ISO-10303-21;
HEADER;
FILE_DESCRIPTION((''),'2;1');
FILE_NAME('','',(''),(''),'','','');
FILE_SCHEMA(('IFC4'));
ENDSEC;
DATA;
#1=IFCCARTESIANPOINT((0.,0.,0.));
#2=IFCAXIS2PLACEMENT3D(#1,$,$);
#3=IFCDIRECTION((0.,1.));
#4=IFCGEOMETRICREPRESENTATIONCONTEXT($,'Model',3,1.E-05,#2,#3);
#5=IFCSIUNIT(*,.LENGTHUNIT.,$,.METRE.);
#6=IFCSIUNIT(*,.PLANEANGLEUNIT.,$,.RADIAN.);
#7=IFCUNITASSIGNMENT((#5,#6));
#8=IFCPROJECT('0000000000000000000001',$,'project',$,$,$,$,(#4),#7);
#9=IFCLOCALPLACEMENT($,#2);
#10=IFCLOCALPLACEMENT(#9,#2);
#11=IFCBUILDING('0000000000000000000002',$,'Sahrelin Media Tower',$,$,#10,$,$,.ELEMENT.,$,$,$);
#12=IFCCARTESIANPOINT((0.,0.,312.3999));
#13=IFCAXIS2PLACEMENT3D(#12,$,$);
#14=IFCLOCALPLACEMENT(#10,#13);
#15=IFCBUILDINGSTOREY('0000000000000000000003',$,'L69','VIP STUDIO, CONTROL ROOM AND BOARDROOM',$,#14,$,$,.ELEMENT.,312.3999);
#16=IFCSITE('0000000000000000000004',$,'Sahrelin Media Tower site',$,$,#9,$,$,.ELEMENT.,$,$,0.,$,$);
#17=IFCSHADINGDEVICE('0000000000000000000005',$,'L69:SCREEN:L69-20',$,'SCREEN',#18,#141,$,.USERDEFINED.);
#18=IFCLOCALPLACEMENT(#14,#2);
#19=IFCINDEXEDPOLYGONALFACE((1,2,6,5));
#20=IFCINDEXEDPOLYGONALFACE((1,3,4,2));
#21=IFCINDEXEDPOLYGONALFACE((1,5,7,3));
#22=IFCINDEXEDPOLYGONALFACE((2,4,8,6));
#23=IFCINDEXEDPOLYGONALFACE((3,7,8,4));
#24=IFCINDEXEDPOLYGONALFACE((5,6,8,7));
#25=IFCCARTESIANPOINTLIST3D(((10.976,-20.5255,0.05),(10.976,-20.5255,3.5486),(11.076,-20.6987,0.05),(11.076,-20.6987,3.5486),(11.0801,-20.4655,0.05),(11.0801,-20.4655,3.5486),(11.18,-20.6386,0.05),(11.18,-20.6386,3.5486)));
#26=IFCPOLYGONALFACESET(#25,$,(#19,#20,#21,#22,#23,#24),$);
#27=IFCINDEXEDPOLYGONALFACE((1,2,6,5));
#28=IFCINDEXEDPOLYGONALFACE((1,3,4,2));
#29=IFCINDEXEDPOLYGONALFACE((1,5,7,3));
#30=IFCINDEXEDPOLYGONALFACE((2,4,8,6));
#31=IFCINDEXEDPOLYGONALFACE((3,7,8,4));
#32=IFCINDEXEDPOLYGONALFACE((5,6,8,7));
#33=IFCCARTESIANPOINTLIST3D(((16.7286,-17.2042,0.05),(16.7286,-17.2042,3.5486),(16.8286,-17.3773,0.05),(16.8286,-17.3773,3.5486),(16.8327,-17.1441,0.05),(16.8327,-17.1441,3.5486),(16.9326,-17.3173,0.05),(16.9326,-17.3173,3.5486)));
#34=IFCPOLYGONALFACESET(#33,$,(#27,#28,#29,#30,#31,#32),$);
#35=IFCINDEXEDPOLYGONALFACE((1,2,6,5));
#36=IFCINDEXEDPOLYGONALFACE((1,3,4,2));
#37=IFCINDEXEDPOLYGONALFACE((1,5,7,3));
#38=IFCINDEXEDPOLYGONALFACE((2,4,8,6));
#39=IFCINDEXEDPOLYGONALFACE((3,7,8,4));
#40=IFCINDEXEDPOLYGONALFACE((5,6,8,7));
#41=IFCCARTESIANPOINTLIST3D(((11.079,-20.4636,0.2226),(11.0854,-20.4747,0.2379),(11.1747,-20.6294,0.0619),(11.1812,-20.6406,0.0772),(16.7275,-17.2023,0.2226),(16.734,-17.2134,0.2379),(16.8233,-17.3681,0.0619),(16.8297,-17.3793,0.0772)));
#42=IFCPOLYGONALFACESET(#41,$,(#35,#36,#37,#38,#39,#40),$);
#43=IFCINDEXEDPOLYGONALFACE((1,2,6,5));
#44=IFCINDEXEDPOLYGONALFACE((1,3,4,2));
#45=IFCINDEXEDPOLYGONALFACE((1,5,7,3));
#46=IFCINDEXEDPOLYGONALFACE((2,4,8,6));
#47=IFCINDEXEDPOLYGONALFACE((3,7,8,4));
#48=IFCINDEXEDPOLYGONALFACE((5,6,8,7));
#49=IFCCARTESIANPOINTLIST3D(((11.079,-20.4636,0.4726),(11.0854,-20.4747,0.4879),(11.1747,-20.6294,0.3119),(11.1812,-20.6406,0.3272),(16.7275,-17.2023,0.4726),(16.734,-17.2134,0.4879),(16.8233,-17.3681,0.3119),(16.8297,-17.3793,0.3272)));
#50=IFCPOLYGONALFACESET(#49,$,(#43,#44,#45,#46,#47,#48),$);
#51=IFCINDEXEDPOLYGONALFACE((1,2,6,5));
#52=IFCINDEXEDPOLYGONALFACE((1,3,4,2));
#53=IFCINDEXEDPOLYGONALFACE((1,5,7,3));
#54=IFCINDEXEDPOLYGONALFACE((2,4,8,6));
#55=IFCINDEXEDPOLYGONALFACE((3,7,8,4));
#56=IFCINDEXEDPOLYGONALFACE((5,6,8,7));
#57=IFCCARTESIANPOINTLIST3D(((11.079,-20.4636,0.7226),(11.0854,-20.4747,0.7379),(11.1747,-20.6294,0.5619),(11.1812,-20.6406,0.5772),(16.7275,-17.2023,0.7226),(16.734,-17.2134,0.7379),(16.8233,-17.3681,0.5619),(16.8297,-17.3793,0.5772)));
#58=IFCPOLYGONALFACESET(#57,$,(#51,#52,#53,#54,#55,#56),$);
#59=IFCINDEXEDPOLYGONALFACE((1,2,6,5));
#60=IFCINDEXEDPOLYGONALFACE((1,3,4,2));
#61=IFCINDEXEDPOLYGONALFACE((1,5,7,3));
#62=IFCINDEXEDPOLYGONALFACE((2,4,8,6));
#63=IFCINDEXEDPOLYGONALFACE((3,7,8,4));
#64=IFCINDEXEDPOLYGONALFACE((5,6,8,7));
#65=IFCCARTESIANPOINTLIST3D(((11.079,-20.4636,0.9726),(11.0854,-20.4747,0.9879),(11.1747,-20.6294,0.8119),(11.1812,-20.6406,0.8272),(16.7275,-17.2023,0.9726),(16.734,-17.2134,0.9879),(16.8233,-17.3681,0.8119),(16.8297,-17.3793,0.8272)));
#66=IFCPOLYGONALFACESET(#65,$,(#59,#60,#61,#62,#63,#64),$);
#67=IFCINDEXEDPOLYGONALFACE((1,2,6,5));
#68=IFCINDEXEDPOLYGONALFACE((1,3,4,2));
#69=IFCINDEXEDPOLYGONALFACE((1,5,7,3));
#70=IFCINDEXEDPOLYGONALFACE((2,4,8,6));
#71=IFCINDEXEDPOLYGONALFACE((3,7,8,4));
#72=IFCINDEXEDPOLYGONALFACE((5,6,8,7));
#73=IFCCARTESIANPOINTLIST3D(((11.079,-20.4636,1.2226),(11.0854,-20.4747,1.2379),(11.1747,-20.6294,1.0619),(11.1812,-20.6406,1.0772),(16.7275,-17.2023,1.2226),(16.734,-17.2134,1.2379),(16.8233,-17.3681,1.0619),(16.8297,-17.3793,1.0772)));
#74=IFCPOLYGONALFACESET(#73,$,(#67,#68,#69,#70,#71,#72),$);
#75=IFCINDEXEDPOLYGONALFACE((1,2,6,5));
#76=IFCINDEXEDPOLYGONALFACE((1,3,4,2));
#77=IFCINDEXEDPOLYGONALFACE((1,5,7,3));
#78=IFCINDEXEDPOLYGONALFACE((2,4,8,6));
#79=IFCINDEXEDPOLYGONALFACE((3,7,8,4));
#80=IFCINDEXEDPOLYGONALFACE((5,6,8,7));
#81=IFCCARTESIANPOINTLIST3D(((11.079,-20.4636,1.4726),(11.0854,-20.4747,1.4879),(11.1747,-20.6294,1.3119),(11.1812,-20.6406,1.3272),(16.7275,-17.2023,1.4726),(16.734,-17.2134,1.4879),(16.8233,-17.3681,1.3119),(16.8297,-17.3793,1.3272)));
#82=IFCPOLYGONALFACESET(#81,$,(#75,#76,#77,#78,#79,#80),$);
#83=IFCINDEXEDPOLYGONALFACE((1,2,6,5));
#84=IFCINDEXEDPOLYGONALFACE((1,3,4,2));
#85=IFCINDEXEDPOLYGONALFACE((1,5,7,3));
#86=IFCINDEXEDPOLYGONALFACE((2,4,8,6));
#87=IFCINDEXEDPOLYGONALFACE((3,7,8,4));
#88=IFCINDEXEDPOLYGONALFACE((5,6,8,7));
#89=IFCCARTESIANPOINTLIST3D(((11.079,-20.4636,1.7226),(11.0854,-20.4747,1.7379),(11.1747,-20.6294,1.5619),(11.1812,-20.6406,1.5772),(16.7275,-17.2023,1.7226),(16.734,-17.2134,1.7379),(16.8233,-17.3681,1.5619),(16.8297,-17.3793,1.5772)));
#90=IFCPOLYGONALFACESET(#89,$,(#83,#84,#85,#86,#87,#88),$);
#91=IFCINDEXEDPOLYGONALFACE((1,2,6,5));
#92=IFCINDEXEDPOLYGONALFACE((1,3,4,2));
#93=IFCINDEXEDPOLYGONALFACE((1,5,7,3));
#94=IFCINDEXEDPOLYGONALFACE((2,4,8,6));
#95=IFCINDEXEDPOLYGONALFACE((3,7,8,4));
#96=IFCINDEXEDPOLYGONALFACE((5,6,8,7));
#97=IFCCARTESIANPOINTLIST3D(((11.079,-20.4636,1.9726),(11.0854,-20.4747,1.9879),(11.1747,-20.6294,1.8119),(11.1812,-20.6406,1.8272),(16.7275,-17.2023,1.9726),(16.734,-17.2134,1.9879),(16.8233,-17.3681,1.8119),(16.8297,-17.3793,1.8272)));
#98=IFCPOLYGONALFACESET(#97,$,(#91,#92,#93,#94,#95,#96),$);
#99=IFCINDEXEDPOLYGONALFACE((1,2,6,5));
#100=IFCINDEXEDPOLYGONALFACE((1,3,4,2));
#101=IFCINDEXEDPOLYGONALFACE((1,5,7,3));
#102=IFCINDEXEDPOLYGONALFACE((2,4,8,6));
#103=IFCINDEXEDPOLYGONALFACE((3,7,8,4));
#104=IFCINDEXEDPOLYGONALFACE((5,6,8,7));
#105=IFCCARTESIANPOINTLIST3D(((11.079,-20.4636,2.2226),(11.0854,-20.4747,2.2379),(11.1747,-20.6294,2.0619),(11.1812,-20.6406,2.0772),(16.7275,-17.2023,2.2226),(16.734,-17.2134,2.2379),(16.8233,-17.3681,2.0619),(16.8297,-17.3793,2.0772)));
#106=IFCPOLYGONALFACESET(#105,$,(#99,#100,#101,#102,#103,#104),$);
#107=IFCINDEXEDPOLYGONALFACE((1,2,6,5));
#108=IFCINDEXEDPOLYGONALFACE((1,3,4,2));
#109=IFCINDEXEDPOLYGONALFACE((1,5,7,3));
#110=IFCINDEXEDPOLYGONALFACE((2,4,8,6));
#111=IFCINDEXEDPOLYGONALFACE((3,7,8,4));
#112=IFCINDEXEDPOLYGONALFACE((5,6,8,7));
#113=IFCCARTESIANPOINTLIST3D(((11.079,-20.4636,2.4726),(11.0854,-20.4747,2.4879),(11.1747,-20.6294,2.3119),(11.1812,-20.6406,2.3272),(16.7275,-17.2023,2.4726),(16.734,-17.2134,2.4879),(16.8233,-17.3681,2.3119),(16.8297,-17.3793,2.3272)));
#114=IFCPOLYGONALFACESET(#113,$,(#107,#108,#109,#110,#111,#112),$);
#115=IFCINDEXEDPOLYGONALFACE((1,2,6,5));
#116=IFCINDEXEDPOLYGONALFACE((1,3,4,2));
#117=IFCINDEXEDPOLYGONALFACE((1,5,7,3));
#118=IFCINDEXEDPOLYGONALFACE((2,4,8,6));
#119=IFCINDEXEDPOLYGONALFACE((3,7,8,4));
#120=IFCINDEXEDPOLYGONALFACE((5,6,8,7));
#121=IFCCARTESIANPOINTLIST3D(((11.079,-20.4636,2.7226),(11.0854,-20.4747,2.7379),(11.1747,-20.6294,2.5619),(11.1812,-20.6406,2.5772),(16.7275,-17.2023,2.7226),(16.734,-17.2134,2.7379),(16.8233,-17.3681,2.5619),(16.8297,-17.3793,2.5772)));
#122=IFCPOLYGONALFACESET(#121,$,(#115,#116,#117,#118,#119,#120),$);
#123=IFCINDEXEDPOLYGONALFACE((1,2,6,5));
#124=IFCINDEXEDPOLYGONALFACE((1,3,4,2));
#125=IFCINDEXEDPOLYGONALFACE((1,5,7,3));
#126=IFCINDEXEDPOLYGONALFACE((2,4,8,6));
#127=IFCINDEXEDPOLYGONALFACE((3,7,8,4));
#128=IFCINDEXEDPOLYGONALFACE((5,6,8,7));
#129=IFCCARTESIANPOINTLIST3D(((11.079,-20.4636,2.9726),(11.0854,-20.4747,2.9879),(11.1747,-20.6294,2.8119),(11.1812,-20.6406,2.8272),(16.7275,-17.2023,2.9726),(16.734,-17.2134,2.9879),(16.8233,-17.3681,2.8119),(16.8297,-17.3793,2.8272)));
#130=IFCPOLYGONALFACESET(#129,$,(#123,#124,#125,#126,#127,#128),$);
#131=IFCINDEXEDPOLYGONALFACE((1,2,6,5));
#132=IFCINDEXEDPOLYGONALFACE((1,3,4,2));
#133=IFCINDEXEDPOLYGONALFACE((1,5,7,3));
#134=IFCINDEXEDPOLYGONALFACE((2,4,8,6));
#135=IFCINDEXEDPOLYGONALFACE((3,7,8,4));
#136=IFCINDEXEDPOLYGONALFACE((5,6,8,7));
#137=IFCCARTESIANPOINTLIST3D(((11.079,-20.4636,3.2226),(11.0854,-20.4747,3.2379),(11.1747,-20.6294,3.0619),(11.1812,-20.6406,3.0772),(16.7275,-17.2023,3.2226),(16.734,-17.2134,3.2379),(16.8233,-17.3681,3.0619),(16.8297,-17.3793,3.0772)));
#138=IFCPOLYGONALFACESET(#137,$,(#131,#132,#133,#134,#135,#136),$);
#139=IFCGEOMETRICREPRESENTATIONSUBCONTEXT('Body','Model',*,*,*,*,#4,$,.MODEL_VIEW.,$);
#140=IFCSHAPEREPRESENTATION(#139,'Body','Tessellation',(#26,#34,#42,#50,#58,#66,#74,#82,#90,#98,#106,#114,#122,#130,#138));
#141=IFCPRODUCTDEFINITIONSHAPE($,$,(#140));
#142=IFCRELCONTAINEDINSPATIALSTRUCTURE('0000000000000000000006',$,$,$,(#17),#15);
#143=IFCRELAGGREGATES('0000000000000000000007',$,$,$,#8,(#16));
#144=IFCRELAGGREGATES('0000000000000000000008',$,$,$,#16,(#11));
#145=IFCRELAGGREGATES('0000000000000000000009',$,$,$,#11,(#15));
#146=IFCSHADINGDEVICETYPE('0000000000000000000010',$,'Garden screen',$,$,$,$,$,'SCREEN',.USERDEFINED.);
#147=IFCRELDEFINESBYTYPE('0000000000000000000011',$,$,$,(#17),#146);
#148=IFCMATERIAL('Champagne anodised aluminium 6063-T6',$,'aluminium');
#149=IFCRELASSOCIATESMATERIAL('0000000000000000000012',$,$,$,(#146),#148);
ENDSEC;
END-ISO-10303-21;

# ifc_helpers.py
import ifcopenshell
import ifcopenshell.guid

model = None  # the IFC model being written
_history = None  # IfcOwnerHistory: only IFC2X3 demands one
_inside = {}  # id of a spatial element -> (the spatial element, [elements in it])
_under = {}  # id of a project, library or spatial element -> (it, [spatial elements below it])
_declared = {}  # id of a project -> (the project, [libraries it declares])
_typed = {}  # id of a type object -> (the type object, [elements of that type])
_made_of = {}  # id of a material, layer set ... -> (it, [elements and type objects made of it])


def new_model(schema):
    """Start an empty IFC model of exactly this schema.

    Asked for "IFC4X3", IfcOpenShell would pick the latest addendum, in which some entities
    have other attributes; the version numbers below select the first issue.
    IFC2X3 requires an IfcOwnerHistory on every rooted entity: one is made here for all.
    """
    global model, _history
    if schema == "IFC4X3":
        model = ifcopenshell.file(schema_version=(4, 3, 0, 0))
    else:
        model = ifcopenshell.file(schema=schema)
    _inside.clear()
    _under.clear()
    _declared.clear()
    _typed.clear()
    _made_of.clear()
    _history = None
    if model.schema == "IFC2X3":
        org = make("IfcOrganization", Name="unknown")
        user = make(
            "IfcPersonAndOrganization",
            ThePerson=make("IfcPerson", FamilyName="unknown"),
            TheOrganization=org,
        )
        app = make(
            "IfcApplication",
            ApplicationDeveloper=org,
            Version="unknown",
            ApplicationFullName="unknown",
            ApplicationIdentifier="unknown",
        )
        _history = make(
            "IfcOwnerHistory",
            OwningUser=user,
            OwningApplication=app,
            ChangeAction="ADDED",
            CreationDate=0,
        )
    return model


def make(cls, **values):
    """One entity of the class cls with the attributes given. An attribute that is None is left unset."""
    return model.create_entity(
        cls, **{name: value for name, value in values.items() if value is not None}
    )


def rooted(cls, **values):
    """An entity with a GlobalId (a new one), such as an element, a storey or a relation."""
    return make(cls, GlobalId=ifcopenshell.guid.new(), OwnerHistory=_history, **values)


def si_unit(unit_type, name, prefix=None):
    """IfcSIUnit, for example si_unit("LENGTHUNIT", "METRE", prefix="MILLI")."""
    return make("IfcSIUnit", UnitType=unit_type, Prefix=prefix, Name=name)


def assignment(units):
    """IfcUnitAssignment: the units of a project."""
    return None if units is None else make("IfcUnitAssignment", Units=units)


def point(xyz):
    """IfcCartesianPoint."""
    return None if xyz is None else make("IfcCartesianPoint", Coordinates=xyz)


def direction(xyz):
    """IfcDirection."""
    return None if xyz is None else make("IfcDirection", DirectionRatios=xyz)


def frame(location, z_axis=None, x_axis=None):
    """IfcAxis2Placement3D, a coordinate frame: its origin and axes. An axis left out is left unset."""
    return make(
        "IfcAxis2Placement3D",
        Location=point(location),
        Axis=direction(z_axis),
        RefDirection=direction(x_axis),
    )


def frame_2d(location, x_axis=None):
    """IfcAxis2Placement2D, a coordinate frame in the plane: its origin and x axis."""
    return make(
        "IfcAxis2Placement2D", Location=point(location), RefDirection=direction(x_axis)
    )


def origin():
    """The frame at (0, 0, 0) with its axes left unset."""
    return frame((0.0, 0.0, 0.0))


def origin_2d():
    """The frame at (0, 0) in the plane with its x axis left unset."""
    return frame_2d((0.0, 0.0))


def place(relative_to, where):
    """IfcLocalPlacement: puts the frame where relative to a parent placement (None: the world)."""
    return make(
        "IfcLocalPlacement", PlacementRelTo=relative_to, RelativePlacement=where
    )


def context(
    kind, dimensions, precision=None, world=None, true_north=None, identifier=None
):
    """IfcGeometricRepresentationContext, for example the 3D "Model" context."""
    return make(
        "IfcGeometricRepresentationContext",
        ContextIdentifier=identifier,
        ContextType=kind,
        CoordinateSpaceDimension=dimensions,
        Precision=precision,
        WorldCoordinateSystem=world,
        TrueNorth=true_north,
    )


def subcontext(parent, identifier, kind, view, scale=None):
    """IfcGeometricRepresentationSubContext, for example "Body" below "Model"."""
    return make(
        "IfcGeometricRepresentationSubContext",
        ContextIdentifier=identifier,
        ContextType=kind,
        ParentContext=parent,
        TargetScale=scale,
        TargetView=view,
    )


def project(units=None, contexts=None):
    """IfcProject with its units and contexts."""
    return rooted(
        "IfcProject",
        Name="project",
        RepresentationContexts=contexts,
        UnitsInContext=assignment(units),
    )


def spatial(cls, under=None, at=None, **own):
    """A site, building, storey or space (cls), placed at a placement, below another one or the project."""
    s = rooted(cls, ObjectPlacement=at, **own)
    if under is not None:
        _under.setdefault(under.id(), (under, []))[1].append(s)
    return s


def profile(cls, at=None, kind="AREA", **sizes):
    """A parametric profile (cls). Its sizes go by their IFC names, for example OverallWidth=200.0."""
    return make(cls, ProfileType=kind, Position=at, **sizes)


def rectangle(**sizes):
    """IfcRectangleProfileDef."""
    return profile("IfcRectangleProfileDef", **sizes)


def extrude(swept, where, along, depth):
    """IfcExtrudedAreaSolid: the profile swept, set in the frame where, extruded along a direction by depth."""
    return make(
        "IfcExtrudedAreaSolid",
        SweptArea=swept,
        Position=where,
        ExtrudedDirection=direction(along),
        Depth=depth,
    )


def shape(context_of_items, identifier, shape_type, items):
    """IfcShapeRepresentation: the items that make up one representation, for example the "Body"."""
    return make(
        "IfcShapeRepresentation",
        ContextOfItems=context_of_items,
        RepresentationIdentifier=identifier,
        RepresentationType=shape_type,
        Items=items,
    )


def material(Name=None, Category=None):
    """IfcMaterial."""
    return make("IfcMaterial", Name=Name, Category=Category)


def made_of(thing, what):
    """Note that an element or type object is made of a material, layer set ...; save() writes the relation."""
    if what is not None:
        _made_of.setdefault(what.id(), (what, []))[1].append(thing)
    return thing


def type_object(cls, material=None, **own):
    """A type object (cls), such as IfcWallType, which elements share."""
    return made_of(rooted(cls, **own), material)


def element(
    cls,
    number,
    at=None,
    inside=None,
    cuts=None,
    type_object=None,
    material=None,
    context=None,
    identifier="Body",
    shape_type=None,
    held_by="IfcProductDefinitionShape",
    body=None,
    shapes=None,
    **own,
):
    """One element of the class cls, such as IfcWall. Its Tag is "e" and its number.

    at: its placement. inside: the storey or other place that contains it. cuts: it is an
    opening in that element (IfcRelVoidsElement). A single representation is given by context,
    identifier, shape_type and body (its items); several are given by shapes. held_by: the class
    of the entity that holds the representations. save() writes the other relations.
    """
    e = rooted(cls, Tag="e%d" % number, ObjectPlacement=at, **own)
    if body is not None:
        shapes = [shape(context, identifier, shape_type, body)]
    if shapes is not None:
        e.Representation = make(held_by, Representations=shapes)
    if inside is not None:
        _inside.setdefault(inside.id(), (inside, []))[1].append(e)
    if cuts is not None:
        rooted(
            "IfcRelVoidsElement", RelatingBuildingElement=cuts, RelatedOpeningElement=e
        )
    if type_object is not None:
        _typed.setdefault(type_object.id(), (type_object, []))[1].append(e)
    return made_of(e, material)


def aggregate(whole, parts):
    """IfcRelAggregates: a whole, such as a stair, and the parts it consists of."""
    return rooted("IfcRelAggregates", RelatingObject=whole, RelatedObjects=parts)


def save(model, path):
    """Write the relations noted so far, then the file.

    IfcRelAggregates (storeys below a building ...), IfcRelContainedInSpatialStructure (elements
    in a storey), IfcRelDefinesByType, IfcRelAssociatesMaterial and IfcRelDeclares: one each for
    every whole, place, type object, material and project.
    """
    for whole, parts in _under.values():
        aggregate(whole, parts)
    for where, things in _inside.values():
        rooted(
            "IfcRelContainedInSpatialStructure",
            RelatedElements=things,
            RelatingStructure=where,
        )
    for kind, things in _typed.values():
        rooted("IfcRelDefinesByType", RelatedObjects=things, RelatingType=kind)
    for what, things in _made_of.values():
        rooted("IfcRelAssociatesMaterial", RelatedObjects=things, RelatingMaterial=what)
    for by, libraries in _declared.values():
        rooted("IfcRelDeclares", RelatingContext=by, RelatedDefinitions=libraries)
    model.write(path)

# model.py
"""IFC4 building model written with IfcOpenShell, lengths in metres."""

from ifc_helpers import new_model, si_unit, direction, frame, origin, origin_2d, place, context, subcontext, project, spatial, rectangle, extrude, material, type_object, element, save


model = new_model("IFC4")

# Units and contexts
model_context = context("Model", 3, precision=1e-05, world=origin(), true_north=direction((0.0, 1.0)))
body_context = subcontext(model_context, "Body", "Model", "MODEL_VIEW")
ifc_project = project(units=[si_unit("LENGTHUNIT", "METRE"), si_unit("PLANEANGLEUNIT", "RADIAN")], contexts=[model_context])

# Site, building, storey
site_placement = place(None, origin())
site = spatial("IfcSite", under=ifc_project, at=site_placement, Name="Sahrelin Media Tower site", CompositionType="ELEMENT", RefElevation=0.0)
building_placement = place(site_placement, origin())
building = spatial("IfcBuilding", under=site, at=building_placement, Name="Sahrelin Media Tower", CompositionType="ELEMENT")
storey_placement = place(building_placement, frame((0.0, 0.0, 312.3999)))
storey = spatial("IfcBuildingStorey", under=building, at=storey_placement, Name="L69", Description="VIP STUDIO, CONTROL ROOM AND BOARDROOM", CompositionType="ELEMENT", Elevation=312.3999)

# Shading device
ifc_material_1 = material(Name="Champagne anodised aluminium 6063-T6", Category="aluminium")
shading_device_type = type_object("IfcShadingDeviceType", Name="Garden screen", ElementType="SCREEN", PredefinedType="USERDEFINED", material=ifc_material_1)
shading_device_1_placement = place(storey_placement, frame((13.9043, -18.8347, 0.0), z_axis=(0.0, 0.0, 1.0), x_axis=(-0.866019, -0.500011, 0.0)))
element("IfcShadingDevice", 1, at=shading_device_1_placement, inside=storey, type_object=shading_device_type, Name="L69:SCREEN:L69-20", ObjectType="SCREEN", PredefinedType="USERDEFINED", context=body_context, shape_type="SweptSolid", body=[
    extrude(rectangle(XDim=0.1201, YDim=0.2, at=origin_2d()), frame((3.3213, 0.1001, 0.05), z_axis=(0.0, 0.0, 1.0), x_axis=(1.0, 0.0, 0.0)), (0.0, 0.0, 1.0), 3.4985),
    extrude(rectangle(XDim=0.1201, YDim=0.2, at=origin_2d()), frame((-3.3213, 0.1001, 0.05), z_axis=(0.0, 0.0, 1.0), x_axis=(1.0, 0.0, 0.0)), (0.0, 0.0, 1.0), 3.4985),
    extrude(rectangle(XDim=0.25, YDim=0.02, at=origin_2d()), frame((3.2612, 0.1001, 0.1499), z_axis=(-1.0, 0.0, 0.0), x_axis=(0.0, -0.766044, 0.642788)), (0.0, 0.0, 1.0), 6.5225),
    extrude(rectangle(XDim=0.25, YDim=0.02, at=origin_2d()), frame((3.2612, 0.1001, 0.3999), z_axis=(-1.0, 0.0, 0.0), x_axis=(0.0, -0.766044, 0.642788)), (0.0, 0.0, 1.0), 6.5225),
    extrude(rectangle(XDim=0.25, YDim=0.02, at=origin_2d()), frame((3.2612, 0.1001, 0.6499), z_axis=(-1.0, 0.0, 0.0), x_axis=(0.0, -0.766044, 0.642788)), (0.0, 0.0, 1.0), 6.5225),
    extrude(rectangle(XDim=0.25, YDim=0.02, at=origin_2d()), frame((3.2612, 0.1001, 0.8999), z_axis=(-1.0, 0.0, 0.0), x_axis=(0.0, -0.766044, 0.642788)), (0.0, 0.0, 1.0), 6.5225),
    extrude(rectangle(XDim=0.25, YDim=0.02, at=origin_2d()), frame((3.2612, 0.1001, 1.1499), z_axis=(-1.0, 0.0, 0.0), x_axis=(0.0, -0.766044, 0.642788)), (0.0, 0.0, 1.0), 6.5225),
    extrude(rectangle(XDim=0.25, YDim=0.02, at=origin_2d()), frame((3.2612, 0.1001, 1.3999), z_axis=(-1.0, 0.0, 0.0), x_axis=(0.0, -0.766044, 0.642788)), (0.0, 0.0, 1.0), 6.5225),
    extrude(rectangle(XDim=0.25, YDim=0.02, at=origin_2d()), frame((3.2612, 0.1001, 1.6499), z_axis=(-1.0, 0.0, 0.0), x_axis=(0.0, -0.766044, 0.642788)), (0.0, 0.0, 1.0), 6.5225),
    extrude(rectangle(XDim=0.25, YDim=0.02, at=origin_2d()), frame((3.2612, 0.1001, 1.8999), z_axis=(-1.0, 0.0, 0.0), x_axis=(0.0, -0.766044, 0.642788)), (0.0, 0.0, 1.0), 6.5225),
    extrude(rectangle(XDim=0.25, YDim=0.02, at=origin_2d()), frame((3.2612, 0.1001, 2.1499), z_axis=(-1.0, 0.0, 0.0), x_axis=(0.0, -0.766044, 0.642788)), (0.0, 0.0, 1.0), 6.5225),
    extrude(rectangle(XDim=0.25, YDim=0.02, at=origin_2d()), frame((3.2612, 0.1001, 2.3999), z_axis=(-1.0, 0.0, 0.0), x_axis=(0.0, -0.766044, 0.642788)), (0.0, 0.0, 1.0), 6.5225),
    extrude(rectangle(XDim=0.25, YDim=0.02, at=origin_2d()), frame((3.2612, 0.1001, 2.6499), z_axis=(-1.0, 0.0, 0.0), x_axis=(0.0, -0.766044, 0.642788)), (0.0, 0.0, 1.0), 6.5225),
    extrude(rectangle(XDim=0.25, YDim=0.02, at=origin_2d()), frame((3.2612, 0.1001, 2.8999), z_axis=(-1.0, 0.0, 0.0), x_axis=(0.0, -0.766044, 0.642788)), (0.0, 0.0, 1.0), 6.5225),
    extrude(rectangle(XDim=0.25, YDim=0.02, at=origin_2d()), frame((3.2612, 0.1001, 3.1499), z_axis=(-1.0, 0.0, 0.0), x_axis=(0.0, -0.766044, 0.642788)), (0.0, 0.0, 1.0), 6.5225),
])

save(model, "model.ifc")
